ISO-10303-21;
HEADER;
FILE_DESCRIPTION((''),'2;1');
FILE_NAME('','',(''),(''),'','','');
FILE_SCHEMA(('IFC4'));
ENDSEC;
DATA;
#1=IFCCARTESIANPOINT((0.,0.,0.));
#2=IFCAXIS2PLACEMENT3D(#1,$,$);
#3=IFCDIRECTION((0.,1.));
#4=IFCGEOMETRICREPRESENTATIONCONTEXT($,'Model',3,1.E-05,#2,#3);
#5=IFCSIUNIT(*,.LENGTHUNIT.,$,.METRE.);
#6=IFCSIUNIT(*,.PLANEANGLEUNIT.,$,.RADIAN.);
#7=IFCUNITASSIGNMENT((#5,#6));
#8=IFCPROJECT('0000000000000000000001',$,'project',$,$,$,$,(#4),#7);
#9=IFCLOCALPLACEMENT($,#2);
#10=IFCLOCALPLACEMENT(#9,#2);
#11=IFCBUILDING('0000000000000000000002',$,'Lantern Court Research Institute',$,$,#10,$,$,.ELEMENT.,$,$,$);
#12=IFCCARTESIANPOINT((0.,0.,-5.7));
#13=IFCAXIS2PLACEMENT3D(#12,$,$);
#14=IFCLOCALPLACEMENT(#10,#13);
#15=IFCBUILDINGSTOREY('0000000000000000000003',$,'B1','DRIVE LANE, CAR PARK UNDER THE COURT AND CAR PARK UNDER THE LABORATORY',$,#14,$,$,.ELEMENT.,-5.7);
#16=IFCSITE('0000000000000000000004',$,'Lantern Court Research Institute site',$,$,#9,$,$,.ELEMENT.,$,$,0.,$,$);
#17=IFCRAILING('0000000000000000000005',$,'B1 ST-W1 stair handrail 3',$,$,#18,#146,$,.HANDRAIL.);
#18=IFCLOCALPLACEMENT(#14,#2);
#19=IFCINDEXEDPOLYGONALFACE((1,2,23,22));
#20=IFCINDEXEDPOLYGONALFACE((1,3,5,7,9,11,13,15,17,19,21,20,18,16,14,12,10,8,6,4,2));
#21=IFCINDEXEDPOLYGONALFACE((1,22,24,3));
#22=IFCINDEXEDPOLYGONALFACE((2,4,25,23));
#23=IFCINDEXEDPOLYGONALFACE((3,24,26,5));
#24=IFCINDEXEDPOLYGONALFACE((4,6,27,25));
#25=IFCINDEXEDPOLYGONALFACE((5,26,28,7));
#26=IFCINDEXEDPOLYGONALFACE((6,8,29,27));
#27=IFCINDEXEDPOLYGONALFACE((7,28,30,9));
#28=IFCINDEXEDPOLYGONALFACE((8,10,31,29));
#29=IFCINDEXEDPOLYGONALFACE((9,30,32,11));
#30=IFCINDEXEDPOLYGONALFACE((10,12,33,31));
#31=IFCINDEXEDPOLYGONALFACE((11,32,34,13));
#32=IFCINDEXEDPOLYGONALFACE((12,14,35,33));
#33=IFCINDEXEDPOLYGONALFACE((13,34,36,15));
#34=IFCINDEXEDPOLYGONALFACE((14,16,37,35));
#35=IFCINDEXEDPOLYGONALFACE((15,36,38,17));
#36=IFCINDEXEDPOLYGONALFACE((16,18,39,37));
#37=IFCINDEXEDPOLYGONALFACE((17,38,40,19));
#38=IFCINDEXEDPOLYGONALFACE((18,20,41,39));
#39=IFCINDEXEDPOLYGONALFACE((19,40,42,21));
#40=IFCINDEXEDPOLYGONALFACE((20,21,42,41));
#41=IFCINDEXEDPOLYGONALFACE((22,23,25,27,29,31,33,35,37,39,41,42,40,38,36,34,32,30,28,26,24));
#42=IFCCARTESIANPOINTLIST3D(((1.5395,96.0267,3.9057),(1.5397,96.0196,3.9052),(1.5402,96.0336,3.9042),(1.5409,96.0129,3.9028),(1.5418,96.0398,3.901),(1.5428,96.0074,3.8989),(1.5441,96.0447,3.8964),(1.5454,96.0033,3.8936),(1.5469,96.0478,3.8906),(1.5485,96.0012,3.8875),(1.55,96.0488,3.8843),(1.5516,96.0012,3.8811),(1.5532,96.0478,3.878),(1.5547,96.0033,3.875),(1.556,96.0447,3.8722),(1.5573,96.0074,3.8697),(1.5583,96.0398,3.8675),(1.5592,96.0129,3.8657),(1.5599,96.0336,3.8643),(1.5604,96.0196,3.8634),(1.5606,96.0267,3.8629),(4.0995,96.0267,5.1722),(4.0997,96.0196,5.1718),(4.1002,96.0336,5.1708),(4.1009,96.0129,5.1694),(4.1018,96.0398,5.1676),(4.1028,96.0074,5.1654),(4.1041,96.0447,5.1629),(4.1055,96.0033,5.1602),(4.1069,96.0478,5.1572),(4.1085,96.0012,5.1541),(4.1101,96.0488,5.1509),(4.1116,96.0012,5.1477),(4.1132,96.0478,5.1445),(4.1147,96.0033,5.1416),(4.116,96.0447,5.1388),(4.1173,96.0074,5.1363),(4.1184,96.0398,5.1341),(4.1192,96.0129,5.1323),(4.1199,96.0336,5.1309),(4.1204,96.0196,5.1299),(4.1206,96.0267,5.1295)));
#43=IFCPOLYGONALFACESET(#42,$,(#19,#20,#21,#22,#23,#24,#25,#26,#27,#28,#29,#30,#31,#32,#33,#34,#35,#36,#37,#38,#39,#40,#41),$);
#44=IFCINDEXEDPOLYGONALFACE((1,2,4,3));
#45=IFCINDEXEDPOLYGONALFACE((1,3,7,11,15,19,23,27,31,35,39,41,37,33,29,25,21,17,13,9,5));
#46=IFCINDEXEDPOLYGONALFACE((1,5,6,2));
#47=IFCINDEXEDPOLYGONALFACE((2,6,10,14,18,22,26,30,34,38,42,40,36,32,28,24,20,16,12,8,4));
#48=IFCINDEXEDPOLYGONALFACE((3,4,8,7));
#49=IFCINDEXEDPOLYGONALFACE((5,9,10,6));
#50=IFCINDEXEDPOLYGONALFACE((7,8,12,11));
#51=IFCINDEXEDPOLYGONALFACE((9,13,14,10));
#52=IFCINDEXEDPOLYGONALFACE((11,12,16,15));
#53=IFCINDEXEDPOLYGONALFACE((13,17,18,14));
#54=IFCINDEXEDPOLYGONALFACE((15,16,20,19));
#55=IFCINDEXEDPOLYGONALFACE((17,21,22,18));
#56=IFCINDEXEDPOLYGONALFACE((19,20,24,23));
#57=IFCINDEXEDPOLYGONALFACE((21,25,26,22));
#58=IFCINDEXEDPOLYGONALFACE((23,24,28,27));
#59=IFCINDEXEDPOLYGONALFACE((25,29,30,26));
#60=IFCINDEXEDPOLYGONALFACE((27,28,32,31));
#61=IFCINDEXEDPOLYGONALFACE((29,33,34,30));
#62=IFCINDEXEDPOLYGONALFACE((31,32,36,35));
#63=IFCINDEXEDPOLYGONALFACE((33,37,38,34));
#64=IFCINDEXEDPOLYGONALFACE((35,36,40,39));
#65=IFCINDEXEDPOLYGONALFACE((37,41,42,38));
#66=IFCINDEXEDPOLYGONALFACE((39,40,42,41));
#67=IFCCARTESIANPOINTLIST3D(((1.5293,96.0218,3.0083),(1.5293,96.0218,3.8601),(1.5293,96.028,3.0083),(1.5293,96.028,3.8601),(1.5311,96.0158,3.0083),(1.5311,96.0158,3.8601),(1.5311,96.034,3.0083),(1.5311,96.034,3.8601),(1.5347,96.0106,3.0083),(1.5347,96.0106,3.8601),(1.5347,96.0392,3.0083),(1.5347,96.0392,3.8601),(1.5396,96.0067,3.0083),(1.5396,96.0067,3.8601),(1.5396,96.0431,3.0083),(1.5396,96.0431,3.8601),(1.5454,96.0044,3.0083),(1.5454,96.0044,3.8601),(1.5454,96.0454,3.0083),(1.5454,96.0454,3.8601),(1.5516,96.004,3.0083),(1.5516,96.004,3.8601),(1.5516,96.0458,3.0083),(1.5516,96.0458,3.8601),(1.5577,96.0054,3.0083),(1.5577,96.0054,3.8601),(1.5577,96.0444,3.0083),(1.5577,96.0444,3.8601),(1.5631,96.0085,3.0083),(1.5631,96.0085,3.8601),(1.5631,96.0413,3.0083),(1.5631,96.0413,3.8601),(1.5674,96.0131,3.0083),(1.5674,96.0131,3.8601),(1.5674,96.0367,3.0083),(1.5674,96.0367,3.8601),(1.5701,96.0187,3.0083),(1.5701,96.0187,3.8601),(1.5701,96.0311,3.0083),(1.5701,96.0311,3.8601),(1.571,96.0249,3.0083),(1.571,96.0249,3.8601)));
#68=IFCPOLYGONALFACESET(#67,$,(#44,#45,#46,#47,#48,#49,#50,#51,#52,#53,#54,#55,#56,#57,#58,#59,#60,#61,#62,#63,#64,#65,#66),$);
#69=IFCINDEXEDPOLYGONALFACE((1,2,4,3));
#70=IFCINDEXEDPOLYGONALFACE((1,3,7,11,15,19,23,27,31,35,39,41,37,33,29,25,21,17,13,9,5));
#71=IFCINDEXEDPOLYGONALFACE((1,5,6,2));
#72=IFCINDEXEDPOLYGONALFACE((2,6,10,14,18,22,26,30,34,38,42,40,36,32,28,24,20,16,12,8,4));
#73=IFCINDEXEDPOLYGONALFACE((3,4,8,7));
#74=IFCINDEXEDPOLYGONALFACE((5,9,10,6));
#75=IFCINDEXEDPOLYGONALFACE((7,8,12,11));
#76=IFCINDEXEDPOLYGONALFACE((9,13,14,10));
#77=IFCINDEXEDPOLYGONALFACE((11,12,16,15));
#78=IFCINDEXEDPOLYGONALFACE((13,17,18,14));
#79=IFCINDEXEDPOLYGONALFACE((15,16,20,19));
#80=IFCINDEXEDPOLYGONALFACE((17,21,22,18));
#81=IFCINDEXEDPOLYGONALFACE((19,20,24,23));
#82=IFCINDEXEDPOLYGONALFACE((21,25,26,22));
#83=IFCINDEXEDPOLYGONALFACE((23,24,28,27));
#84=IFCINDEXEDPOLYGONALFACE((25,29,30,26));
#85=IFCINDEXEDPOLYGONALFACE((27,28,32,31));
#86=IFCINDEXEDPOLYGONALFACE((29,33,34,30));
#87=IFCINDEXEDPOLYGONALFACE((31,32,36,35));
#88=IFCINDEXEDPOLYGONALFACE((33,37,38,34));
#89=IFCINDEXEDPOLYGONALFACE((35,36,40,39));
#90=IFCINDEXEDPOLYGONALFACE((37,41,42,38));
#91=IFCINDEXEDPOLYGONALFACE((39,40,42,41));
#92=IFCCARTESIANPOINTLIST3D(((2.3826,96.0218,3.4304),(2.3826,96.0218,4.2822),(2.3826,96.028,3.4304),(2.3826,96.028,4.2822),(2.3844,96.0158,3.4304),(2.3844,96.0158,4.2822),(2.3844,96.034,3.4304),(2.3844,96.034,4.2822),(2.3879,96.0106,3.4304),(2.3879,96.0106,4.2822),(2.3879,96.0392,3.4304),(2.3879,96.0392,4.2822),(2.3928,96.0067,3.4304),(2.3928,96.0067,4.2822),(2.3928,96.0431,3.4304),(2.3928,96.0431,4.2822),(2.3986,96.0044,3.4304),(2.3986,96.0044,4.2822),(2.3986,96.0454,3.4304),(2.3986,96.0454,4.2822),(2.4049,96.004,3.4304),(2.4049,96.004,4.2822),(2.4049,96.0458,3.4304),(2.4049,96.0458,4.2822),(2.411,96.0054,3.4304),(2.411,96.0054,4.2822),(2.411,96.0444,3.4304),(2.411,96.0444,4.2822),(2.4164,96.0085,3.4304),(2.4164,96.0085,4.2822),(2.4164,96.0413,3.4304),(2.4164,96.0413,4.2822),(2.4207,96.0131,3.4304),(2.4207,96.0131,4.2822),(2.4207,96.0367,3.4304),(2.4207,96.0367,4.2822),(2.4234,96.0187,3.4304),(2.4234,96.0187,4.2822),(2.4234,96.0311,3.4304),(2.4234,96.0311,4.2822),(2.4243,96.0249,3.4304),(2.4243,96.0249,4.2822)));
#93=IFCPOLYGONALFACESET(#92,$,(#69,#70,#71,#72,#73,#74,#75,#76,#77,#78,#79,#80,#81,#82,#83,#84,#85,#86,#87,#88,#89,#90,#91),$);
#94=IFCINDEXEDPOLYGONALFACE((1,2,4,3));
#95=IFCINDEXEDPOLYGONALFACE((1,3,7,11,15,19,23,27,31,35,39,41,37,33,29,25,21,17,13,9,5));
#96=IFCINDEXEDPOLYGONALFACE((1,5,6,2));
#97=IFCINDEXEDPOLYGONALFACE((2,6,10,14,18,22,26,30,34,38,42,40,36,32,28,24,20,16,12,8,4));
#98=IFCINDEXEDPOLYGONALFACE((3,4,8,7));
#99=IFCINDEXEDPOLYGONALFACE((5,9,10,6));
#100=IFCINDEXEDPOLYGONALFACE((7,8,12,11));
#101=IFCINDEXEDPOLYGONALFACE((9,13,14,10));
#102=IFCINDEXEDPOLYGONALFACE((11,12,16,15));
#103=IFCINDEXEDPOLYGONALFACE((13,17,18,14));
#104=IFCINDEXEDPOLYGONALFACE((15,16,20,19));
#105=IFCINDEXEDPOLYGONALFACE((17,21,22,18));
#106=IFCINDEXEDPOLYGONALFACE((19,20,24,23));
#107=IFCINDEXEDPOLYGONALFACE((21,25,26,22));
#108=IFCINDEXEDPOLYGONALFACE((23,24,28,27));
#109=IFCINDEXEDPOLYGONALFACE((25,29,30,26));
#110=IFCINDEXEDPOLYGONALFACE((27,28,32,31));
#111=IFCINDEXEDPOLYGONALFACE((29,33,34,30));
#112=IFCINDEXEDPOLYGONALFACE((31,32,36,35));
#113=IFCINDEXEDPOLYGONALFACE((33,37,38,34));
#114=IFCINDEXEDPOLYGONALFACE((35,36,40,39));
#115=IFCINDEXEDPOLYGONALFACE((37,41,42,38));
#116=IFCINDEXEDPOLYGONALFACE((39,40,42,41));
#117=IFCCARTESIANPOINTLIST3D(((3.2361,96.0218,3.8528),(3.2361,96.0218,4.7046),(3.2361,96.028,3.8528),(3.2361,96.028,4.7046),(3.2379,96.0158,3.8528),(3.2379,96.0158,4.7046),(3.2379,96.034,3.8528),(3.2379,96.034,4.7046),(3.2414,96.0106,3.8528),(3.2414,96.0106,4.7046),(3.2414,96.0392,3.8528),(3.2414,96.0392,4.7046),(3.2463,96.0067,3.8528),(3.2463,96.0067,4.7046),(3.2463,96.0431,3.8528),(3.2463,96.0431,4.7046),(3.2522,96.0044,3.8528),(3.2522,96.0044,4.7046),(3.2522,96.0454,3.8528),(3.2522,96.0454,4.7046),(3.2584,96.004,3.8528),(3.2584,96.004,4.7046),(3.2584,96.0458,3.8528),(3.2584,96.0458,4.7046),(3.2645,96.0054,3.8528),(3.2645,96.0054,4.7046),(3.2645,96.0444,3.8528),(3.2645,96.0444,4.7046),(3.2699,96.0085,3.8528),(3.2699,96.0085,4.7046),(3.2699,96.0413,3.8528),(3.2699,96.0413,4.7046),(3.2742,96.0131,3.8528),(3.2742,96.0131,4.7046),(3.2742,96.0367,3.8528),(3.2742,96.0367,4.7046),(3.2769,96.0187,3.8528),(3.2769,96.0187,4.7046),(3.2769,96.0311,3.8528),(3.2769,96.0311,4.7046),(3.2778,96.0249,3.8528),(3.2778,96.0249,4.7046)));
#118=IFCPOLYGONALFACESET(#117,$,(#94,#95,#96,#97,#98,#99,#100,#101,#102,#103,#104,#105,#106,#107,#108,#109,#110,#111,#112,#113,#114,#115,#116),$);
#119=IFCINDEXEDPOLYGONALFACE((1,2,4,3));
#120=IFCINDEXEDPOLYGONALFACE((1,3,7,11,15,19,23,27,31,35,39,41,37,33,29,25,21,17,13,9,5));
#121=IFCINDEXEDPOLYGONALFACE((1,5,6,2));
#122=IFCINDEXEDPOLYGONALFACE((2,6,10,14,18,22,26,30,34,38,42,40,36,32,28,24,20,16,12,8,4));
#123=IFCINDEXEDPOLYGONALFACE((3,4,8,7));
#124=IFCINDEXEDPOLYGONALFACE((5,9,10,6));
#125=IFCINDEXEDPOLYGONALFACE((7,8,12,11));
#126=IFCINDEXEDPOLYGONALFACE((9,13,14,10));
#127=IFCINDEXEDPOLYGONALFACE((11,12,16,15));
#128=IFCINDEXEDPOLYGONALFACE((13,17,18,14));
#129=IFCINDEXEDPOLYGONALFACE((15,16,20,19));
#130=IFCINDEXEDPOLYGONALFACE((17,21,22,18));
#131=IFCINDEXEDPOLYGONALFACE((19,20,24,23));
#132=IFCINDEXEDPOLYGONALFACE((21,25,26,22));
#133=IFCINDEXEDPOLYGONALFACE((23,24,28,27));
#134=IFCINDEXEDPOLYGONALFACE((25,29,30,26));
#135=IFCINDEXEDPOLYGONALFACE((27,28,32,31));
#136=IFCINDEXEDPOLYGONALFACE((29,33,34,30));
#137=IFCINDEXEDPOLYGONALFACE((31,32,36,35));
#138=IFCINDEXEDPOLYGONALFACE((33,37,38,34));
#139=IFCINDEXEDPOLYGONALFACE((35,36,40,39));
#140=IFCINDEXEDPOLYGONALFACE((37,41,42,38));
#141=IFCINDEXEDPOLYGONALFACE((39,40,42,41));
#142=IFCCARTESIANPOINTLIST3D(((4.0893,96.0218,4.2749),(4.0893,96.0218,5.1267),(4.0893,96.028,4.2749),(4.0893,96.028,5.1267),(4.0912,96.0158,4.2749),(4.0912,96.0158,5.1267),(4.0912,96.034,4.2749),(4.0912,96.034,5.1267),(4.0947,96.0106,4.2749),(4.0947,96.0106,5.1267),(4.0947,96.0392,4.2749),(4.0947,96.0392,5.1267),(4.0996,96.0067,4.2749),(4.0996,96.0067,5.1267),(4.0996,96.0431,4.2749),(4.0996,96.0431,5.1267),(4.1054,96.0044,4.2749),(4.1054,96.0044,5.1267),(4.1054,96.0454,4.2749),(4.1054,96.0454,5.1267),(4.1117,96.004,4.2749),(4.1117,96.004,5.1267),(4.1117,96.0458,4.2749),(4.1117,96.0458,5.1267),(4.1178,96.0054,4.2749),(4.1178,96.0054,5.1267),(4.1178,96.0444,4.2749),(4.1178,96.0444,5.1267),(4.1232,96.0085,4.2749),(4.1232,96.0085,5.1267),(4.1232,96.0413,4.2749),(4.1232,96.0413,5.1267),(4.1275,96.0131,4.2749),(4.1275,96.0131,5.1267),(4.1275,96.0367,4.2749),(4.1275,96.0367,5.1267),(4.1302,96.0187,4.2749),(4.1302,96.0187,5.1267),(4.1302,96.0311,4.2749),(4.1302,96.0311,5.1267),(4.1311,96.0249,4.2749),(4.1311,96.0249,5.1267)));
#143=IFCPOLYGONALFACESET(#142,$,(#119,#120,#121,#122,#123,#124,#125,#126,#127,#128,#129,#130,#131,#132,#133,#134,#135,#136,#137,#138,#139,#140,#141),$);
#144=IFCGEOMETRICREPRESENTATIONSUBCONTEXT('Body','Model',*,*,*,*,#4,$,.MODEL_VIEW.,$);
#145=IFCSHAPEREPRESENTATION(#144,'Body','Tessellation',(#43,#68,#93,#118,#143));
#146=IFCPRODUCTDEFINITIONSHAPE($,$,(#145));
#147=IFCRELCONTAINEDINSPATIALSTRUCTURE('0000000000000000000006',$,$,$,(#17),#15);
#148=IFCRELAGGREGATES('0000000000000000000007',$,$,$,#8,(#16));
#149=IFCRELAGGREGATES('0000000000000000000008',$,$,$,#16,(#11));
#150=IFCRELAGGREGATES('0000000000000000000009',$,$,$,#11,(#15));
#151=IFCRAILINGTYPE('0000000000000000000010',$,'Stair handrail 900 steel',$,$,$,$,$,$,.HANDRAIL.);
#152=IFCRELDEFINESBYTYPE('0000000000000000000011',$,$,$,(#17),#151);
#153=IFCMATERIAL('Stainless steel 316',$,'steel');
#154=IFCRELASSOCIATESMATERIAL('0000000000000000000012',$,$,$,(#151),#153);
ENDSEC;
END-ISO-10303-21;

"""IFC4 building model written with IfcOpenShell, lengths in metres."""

from ifc_helpers import new_model, si_unit, direction, frame, origin, origin_2d, place, context, subcontext, project, spatial, circle, extrude, material, type_object, element, save


model = new_model("IFC4")

# Units and contexts
model_context = context("Model", 3, precision=1e-05, world=origin(), true_north=direction((0.0, 1.0)))
body_context = subcontext(model_context, "Body", "Model", "MODEL_VIEW")
ifc_project = project(units=[si_unit("LENGTHUNIT", "METRE"), si_unit("PLANEANGLEUNIT", "RADIAN")], contexts=[model_context])

# Site, building, storey
site_placement = place(None, origin())
site = spatial("IfcSite", under=ifc_project, at=site_placement, Name="Lantern Court Research Institute site", CompositionType="ELEMENT", RefElevation=0.0)
building_placement = place(site_placement, origin())
building = spatial("IfcBuilding", under=site, at=building_placement, Name="Lantern Court Research Institute", CompositionType="ELEMENT")
storey_placement = place(building_placement, frame((0.0, 0.0, -5.7)))
storey = spatial("IfcBuildingStorey", under=building, at=storey_placement, Name="B1", Description="DRIVE LANE, CAR PARK UNDER THE COURT AND CAR PARK UNDER THE LABORATORY", CompositionType="ELEMENT", Elevation=-5.7)

# Railing
ifc_material_1 = material(Name="Stainless steel 316", Category="steel")
railing_type_1 = type_object("IfcRailingType", Name="Stair handrail 900 steel", PredefinedType="HANDRAIL", material=ifc_material_1)
railing_1_placement = place(storey_placement, frame((1.55, 96.0249, 3.0083)))
element("IfcRailing", 1, at=railing_1_placement, inside=storey, type_object=railing_type_1, Name="B1 ST-W1 stair handrail 3", PredefinedType="HANDRAIL", context=body_context, shape_type="SweptSolid", body=[
    extrude(circle(Radius=0.0239, at=origin_2d()), frame((0.0, 0.0, 0.876), z_axis=(0.8963, 0.0, 0.443449), x_axis=(0.0, 1.0, 0.0)), (0.0, 0.0, 1.0), 2.8562),
    extrude(circle(Radius=0.021, at=origin_2d()), origin(), (0.0, 0.0, 1.0), 0.8518),
    extrude(circle(Radius=0.021, at=origin_2d()), frame((0.8533, 0.0, 0.4221)), (0.0, 0.0, 1.0), 0.8518),
    extrude(circle(Radius=0.021, at=origin_2d()), frame((1.7068, 0.0, 0.8445)), (0.0, 0.0, 1.0), 0.8518),
    extrude(circle(Radius=0.021, at=origin_2d()), frame((2.5601, 0.0, 1.2666)), (0.0, 0.0, 1.0), 0.8518),
])

save(model, "model.ifc")
